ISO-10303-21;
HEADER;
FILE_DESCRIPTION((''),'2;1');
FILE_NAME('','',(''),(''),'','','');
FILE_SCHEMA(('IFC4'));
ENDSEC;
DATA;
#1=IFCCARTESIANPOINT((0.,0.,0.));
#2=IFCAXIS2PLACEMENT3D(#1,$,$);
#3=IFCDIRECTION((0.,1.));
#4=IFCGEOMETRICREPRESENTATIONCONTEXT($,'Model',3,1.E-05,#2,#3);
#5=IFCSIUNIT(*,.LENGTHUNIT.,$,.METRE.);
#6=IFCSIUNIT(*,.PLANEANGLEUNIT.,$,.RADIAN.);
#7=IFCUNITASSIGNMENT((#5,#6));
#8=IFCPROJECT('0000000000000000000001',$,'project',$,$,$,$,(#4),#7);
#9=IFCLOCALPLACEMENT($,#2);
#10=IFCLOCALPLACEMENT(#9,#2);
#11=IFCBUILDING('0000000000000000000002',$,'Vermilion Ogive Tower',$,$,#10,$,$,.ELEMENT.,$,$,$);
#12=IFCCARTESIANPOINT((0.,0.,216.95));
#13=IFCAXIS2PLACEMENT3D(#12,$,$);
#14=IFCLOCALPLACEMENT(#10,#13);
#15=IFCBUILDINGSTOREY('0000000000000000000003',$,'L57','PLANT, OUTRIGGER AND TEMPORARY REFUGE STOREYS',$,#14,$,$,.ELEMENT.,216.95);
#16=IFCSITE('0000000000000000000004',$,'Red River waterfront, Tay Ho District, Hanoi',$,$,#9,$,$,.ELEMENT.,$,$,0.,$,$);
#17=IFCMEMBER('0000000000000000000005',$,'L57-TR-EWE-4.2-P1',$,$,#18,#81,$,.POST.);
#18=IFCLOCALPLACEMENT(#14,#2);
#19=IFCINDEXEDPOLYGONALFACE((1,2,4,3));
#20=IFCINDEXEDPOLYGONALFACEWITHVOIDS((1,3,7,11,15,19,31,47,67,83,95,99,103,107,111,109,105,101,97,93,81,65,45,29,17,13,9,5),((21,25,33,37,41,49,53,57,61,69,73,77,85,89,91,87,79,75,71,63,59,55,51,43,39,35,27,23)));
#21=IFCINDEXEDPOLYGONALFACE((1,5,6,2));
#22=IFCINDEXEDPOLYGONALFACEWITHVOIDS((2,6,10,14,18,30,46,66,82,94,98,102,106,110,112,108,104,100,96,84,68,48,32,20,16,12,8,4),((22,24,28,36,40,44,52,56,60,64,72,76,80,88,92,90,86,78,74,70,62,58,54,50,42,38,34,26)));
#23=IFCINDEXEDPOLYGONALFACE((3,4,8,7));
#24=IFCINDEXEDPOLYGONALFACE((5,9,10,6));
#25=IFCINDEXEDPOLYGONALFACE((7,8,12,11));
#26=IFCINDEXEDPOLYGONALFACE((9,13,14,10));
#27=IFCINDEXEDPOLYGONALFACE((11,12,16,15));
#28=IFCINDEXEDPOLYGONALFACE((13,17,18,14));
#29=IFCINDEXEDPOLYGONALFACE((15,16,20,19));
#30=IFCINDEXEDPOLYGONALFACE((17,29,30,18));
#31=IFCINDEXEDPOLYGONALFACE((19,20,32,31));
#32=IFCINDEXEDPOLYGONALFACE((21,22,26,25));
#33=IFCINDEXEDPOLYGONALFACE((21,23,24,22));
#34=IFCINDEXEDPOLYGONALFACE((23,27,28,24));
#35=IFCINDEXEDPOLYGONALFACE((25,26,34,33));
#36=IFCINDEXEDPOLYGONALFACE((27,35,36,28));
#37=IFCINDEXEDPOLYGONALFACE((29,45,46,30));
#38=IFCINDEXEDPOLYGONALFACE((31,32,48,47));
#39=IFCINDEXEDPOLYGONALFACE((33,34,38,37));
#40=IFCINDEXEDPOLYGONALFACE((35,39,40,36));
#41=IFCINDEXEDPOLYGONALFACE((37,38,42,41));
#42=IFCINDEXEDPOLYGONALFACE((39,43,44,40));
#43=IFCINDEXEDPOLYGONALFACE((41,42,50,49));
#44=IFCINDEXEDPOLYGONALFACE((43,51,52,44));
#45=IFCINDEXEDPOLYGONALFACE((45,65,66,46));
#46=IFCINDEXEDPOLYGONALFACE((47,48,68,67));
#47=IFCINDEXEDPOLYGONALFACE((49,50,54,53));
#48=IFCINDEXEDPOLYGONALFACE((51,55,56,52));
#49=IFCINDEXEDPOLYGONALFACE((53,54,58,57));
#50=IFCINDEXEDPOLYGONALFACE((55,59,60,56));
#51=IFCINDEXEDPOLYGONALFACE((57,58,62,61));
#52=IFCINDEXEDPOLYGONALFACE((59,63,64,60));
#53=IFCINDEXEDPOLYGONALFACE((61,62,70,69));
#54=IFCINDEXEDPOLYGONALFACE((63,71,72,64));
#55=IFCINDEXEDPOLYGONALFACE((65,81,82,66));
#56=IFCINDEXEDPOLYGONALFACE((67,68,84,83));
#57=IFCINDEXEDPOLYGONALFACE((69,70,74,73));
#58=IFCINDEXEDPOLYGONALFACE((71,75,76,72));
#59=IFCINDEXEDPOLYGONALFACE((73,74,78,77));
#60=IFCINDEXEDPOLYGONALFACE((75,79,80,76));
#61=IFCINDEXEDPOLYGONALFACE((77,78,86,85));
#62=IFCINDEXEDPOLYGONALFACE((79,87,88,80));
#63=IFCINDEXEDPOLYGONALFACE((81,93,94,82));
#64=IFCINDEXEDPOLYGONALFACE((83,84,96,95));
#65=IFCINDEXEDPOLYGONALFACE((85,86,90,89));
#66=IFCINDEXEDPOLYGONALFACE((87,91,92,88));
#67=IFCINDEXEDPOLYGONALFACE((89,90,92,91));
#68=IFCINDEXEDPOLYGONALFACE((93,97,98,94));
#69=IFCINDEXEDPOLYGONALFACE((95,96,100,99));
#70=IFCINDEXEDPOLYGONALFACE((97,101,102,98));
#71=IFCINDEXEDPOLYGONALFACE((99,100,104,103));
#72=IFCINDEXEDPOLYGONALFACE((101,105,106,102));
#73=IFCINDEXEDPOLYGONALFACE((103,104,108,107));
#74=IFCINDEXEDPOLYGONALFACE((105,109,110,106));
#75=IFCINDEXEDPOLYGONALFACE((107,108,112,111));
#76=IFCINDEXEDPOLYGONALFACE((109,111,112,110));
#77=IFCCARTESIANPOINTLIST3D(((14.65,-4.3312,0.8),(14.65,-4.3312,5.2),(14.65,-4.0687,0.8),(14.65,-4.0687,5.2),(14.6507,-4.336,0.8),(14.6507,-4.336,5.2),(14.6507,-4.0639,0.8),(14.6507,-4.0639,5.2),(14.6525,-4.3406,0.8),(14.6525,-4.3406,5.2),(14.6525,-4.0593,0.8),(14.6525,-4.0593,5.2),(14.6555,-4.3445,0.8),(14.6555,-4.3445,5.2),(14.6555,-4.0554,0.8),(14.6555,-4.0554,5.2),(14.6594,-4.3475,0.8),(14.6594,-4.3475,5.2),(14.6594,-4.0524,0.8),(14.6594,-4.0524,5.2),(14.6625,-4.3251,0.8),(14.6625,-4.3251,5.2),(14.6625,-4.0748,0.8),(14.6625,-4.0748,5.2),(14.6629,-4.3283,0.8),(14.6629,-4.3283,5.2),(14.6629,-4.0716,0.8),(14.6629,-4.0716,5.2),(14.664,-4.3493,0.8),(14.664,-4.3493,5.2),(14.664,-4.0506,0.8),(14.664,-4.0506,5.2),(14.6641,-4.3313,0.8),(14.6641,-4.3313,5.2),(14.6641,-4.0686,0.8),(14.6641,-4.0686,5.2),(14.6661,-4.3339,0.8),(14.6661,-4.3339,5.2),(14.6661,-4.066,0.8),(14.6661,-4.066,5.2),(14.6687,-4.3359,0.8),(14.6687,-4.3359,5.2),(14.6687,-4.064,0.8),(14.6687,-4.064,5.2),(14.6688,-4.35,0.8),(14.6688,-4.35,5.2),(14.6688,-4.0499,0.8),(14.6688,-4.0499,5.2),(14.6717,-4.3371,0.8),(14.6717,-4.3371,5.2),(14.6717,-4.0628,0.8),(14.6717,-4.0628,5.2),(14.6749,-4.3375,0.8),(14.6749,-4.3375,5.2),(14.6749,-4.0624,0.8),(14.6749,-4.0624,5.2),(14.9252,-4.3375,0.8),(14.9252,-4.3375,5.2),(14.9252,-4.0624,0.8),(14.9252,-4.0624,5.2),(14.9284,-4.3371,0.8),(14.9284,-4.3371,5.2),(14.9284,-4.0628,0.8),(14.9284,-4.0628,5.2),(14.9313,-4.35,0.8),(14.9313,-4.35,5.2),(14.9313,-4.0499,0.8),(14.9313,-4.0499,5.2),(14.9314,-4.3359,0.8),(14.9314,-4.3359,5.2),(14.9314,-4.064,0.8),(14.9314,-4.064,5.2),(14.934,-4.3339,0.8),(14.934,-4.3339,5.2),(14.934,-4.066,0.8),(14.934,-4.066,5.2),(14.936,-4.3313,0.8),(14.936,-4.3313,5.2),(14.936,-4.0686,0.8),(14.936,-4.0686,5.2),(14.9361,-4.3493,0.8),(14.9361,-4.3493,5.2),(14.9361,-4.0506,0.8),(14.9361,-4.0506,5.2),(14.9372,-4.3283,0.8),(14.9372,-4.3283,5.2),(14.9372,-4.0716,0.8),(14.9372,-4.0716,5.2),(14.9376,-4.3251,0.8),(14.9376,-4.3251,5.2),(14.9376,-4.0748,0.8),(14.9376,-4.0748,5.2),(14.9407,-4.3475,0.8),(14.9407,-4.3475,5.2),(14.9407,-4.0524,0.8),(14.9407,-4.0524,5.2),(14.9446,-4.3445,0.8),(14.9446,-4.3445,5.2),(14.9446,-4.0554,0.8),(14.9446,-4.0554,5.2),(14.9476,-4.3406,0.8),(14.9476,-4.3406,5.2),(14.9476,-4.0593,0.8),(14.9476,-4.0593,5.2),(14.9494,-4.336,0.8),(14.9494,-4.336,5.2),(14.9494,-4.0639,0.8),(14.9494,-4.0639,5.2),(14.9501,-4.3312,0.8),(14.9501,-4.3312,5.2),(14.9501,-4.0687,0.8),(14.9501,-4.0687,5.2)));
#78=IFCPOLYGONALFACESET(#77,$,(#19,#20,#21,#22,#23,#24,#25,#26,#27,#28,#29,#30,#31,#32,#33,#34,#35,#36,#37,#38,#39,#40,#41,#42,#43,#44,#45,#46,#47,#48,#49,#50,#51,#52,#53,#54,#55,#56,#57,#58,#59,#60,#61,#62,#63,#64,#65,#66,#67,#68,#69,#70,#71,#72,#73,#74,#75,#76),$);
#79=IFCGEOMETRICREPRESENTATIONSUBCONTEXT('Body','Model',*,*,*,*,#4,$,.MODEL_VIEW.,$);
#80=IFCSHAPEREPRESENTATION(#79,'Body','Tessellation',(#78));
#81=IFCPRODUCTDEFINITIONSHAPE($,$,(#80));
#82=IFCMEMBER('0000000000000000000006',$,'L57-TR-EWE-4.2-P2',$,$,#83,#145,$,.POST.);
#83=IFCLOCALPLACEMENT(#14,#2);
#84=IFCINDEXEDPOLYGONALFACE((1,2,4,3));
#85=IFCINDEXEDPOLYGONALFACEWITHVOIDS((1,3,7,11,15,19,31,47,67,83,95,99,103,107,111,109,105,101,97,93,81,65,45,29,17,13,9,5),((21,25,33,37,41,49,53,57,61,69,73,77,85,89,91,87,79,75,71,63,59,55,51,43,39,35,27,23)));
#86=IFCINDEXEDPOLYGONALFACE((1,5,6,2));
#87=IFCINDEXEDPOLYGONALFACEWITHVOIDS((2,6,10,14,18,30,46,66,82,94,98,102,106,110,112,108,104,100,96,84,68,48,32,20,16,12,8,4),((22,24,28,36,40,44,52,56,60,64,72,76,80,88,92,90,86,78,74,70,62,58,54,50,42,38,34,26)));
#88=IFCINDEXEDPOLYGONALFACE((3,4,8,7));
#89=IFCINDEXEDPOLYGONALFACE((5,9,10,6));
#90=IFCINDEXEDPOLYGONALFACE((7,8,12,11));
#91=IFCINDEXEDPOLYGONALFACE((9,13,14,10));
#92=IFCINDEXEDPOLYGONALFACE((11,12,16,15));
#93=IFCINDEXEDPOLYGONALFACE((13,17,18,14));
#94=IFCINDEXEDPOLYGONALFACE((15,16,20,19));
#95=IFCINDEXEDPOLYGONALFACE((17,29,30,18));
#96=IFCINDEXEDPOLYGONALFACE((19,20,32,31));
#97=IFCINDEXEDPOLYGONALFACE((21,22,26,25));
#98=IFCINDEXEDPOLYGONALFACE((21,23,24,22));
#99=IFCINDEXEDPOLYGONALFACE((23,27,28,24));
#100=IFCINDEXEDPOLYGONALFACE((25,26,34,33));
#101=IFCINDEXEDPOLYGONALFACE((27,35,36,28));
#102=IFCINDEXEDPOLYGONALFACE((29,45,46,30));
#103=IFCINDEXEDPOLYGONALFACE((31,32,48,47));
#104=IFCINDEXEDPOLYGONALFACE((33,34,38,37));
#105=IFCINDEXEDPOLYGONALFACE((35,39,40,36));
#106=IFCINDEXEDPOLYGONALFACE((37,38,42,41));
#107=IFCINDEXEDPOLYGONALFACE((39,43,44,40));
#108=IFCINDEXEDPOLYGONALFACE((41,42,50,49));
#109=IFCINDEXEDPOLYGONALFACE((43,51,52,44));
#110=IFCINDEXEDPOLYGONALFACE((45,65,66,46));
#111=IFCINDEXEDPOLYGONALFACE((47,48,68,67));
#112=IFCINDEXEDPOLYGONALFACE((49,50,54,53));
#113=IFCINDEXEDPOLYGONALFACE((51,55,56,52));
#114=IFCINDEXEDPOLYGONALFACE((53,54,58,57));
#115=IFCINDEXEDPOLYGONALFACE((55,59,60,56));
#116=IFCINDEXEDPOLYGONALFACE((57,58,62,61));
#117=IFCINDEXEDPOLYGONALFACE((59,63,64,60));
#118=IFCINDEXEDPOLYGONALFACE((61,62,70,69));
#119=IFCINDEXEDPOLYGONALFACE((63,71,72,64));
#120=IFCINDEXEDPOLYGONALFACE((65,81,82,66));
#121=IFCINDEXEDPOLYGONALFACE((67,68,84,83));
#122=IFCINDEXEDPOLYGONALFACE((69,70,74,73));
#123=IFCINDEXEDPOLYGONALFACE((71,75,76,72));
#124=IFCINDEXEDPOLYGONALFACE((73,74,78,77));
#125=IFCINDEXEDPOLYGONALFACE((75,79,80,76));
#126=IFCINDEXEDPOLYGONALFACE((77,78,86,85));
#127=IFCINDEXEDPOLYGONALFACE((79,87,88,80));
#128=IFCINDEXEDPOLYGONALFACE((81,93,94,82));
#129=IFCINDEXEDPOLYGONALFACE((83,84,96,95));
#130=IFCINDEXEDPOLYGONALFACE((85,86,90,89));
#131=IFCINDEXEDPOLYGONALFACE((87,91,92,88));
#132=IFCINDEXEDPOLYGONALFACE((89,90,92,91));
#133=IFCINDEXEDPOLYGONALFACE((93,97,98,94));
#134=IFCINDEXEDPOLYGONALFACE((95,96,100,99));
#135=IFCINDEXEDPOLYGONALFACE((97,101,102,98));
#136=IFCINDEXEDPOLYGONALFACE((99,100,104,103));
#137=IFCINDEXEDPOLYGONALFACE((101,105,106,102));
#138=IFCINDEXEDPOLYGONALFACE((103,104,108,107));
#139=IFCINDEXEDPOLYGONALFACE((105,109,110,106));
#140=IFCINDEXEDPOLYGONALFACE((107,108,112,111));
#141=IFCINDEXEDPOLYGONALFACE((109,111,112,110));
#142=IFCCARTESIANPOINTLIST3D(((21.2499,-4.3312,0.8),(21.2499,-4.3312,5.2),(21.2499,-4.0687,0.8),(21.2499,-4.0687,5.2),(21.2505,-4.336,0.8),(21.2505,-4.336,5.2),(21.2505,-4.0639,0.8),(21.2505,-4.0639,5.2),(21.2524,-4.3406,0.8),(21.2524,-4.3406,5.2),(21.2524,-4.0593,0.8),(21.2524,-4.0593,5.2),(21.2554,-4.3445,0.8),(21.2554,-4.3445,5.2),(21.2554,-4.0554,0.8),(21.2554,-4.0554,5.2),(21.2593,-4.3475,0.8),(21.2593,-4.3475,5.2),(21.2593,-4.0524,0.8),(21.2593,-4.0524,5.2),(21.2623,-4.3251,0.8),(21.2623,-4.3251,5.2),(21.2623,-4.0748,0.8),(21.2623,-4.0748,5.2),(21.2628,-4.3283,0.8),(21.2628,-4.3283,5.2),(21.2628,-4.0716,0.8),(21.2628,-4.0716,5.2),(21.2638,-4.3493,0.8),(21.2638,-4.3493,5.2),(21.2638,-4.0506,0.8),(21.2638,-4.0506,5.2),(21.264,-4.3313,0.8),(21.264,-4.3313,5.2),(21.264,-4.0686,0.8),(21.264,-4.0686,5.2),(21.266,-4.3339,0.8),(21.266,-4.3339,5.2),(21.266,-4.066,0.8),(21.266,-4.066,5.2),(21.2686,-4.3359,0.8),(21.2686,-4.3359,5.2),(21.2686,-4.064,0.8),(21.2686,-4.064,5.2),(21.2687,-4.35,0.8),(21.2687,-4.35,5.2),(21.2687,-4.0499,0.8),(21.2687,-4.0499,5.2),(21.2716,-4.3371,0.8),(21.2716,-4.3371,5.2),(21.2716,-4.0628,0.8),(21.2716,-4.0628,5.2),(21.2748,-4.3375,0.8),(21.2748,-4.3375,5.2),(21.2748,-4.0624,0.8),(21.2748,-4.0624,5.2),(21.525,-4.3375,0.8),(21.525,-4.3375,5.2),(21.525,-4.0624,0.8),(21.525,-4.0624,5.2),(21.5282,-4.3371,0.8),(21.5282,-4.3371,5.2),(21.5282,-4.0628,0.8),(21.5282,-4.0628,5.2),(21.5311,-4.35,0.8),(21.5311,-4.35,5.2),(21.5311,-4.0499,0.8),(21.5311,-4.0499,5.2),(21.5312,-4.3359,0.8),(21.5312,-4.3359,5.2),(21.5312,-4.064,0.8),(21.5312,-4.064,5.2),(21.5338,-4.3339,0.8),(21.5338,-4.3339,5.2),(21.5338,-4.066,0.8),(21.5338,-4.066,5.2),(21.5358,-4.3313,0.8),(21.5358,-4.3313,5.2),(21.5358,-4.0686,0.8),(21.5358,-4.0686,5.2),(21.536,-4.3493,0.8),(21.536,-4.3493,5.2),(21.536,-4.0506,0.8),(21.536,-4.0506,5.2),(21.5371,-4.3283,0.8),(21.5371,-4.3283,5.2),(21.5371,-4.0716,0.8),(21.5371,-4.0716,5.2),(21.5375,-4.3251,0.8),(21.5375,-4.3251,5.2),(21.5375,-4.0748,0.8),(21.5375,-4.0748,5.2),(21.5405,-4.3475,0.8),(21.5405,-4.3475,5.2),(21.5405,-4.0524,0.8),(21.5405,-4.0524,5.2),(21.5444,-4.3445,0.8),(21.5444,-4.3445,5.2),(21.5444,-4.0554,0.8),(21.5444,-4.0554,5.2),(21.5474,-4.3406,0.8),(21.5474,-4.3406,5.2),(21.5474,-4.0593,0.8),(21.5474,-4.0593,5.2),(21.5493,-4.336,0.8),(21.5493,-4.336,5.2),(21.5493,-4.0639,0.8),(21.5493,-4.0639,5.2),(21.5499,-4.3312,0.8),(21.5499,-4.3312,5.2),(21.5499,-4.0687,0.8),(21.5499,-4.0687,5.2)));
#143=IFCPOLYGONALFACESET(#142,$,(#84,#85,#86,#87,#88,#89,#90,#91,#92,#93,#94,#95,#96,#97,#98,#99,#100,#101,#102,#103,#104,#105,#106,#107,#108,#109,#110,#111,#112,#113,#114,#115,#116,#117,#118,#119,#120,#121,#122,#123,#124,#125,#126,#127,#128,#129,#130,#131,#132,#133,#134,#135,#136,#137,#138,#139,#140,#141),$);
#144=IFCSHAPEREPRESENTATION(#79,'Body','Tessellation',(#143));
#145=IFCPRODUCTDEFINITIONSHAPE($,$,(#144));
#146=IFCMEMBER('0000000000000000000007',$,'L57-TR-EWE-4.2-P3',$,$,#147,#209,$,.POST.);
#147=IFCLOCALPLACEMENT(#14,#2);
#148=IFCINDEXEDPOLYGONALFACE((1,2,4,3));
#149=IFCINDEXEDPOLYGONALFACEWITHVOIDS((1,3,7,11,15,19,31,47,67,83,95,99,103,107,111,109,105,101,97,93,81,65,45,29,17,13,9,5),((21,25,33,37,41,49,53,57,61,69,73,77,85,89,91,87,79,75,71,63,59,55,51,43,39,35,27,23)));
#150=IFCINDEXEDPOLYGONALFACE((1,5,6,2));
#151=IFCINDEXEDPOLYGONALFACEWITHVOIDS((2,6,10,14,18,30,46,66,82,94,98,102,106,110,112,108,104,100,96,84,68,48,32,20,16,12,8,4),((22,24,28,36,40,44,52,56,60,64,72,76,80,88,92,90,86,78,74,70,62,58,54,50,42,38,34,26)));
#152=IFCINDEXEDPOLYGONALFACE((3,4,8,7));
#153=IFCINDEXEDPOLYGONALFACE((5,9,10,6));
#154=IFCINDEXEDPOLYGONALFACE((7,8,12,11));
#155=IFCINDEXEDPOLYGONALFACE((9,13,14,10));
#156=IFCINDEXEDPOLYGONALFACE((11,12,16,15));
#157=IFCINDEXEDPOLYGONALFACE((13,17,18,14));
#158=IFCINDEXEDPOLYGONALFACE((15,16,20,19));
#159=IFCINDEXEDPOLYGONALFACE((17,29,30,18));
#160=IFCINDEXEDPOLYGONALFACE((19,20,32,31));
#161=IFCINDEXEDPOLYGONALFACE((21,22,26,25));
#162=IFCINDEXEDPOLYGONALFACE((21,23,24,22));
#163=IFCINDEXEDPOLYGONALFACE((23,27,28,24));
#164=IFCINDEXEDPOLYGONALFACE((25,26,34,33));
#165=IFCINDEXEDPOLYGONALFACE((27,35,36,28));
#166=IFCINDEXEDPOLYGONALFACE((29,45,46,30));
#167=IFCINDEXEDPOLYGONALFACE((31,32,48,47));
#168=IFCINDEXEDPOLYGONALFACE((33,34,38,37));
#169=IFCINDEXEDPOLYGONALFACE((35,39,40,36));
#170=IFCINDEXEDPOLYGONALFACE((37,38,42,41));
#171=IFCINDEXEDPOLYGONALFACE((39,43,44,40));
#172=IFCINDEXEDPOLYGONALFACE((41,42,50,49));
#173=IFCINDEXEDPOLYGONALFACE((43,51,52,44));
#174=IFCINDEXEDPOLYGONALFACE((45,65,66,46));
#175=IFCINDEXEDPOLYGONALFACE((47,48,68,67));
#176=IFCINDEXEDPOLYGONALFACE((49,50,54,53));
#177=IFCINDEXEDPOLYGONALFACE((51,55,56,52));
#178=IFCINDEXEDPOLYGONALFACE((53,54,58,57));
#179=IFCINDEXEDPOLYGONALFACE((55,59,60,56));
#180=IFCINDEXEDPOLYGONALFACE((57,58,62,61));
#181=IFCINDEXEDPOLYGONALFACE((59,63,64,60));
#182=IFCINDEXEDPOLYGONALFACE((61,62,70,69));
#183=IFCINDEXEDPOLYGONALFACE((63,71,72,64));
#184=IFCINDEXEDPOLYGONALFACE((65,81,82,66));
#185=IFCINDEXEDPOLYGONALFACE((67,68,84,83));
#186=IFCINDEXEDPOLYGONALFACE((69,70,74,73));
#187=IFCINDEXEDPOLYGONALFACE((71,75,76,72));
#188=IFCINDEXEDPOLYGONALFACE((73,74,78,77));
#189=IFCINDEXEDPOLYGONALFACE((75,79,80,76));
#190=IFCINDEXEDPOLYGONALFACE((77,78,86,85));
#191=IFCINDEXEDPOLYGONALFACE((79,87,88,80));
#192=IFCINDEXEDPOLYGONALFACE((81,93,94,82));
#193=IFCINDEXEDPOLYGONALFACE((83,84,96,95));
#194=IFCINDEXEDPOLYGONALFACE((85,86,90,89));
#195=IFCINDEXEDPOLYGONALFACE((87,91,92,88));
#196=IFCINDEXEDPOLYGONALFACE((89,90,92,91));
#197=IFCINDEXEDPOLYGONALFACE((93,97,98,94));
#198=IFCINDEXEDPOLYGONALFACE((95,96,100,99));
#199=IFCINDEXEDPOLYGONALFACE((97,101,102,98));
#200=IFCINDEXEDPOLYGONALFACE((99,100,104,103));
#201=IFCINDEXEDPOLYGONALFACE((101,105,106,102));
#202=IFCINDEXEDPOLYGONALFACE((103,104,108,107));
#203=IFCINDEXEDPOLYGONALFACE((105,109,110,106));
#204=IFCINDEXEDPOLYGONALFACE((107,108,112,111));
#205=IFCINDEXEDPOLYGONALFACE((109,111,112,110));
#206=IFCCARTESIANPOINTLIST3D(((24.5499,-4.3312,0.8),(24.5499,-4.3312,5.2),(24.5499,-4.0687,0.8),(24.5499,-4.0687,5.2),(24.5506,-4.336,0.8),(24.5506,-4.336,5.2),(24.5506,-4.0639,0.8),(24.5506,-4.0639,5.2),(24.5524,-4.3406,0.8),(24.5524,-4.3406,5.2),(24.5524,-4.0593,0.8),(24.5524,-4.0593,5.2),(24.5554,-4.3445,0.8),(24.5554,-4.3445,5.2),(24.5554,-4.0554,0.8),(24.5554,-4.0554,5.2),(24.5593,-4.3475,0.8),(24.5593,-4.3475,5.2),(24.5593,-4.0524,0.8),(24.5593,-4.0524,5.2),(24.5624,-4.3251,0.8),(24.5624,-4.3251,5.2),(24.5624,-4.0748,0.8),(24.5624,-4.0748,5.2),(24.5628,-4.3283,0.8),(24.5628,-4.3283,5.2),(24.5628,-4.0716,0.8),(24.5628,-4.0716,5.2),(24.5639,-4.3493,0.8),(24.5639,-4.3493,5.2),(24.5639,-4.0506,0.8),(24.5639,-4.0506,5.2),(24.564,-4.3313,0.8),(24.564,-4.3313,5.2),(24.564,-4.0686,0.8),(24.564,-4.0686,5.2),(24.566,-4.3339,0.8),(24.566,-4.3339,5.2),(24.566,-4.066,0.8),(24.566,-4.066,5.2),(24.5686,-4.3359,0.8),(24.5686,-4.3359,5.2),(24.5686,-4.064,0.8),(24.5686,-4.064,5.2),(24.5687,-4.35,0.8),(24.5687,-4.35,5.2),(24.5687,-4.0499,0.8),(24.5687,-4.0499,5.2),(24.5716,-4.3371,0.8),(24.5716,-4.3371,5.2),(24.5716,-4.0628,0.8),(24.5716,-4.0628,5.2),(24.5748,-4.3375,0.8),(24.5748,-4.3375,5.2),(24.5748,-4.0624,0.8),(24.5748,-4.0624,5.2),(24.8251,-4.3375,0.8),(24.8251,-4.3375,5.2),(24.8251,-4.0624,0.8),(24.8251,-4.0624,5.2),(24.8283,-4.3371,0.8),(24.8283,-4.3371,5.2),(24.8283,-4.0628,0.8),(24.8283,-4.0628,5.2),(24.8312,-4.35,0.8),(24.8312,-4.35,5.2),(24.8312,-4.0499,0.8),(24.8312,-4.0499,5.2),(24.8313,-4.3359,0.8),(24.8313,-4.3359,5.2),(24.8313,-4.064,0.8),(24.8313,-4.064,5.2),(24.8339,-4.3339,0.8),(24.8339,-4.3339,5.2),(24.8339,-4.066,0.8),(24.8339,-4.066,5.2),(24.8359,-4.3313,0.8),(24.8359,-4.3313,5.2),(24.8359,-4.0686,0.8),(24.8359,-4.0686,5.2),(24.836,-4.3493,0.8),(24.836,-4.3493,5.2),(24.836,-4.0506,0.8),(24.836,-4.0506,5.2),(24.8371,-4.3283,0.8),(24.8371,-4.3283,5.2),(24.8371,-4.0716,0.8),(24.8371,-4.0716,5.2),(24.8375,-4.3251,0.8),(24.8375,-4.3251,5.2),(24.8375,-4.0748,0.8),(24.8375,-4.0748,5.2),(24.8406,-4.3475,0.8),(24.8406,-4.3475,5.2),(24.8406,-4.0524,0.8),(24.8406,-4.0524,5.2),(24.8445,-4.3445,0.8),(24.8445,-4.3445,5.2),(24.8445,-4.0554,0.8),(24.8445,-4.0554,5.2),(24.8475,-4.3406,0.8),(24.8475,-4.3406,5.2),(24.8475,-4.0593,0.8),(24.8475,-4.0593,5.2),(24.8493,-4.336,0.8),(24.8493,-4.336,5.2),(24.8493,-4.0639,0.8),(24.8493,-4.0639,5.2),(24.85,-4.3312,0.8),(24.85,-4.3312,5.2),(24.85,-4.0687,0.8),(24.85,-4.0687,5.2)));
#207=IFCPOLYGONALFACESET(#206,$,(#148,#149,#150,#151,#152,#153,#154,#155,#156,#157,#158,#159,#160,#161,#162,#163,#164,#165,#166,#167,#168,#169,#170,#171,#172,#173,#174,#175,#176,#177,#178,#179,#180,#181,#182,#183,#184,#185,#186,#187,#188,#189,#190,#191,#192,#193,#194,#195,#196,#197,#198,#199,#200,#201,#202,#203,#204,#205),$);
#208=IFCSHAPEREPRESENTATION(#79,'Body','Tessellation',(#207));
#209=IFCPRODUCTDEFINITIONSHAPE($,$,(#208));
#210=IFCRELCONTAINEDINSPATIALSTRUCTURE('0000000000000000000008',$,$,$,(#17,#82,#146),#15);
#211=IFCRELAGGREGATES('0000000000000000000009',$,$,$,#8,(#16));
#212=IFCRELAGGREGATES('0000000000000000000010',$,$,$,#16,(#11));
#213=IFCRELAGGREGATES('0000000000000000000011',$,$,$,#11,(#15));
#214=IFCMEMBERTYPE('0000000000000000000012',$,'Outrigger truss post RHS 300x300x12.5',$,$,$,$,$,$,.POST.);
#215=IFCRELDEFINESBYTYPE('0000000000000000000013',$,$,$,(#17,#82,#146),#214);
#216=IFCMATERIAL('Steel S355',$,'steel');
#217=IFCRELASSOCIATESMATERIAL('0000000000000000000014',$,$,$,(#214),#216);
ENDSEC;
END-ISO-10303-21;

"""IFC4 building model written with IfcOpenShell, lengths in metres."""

from ifc_helpers import new_model, si_unit, direction, frame, origin, origin_2d, place, context, subcontext, project, spatial, hollow_rectangle, extrude, material, material_profile, profile_set, type_object, element, save


model = new_model("IFC4")

# Units and contexts
model_context = context("Model", 3, precision=1e-05, world=origin(), true_north=direction((0.0, 1.0)))
body_context = subcontext(model_context, "Body", "Model", "MODEL_VIEW")
ifc_project = project(units=[si_unit("LENGTHUNIT", "METRE"), si_unit("PLANEANGLEUNIT", "RADIAN")], contexts=[model_context])

# Site, building, storey
site_placement = place(None, origin())
site = spatial("IfcSite", under=ifc_project, at=site_placement, Name="Red River waterfront, Tay Ho District, Hanoi", CompositionType="ELEMENT", RefElevation=0.0)
building_placement = place(site_placement, origin())
building = spatial("IfcBuilding", under=site, at=building_placement, Name="Vermilion Ogive Tower", CompositionType="ELEMENT")
storey_placement = place(building_placement, frame((0.0, 0.0, 216.95)))
storey = spatial("IfcBuildingStorey", under=building, at=storey_placement, Name="L57", Description="PLANT, OUTRIGGER AND TEMPORARY REFUGE STOREYS", CompositionType="ELEMENT", Elevation=216.95)

# Members
ifc_material_1 = material(Name="Steel S355", Category="steel")
ifc_material_profile_1 = material_profile(ifc_material_1, hollow_rectangle(XDim=0.3, YDim=0.3, WallThickness=0.0125, InnerFilletRadius=0.0125, OuterFilletRadius=0.0188, at=origin_2d()), Name="RHS 300x300x12.5")
ifc_profile_set_1 = profile_set([ifc_material_profile_1], Name="Steel S355")
member_type_1 = type_object("IfcMemberType", Name="Outrigger truss post RHS 300x300x12.5", PredefinedType="POST", material=ifc_profile_set_1)
for number, where, z_axis, x_axis, name in (
    (1, (14.8, -4.2, 0.8), (0.0, 0.0, 1.0), (1.0, 0.0, 0.0), "L57-TR-EWE-4.2-P1"),
    (2, (21.3999, -4.2, 0.8), (0.0, 0.0, 1.0), (1.0, 0.0, 0.0), "L57-TR-EWE-4.2-P2"),
    (3, (24.7, -4.2, 0.8), (0.0, 0.0, 1.0), (1.0, 0.0, 0.0), "L57-TR-EWE-4.2-P3"),
):
    element("IfcMember", number, at=place(storey_placement, frame(where, z_axis=z_axis, x_axis=x_axis)), inside=storey, type_object=member_type_1, Name=name, PredefinedType="POST", context=body_context, shape_type="SweptSolid", body=[
        extrude(hollow_rectangle(XDim=0.3, YDim=0.3, WallThickness=0.0125, InnerFilletRadius=0.0125, OuterFilletRadius=0.0188, at=origin_2d()), origin(), (0.0, 0.0, 1.0), 4.3999),
    ])

save(model, "model.ifc")
